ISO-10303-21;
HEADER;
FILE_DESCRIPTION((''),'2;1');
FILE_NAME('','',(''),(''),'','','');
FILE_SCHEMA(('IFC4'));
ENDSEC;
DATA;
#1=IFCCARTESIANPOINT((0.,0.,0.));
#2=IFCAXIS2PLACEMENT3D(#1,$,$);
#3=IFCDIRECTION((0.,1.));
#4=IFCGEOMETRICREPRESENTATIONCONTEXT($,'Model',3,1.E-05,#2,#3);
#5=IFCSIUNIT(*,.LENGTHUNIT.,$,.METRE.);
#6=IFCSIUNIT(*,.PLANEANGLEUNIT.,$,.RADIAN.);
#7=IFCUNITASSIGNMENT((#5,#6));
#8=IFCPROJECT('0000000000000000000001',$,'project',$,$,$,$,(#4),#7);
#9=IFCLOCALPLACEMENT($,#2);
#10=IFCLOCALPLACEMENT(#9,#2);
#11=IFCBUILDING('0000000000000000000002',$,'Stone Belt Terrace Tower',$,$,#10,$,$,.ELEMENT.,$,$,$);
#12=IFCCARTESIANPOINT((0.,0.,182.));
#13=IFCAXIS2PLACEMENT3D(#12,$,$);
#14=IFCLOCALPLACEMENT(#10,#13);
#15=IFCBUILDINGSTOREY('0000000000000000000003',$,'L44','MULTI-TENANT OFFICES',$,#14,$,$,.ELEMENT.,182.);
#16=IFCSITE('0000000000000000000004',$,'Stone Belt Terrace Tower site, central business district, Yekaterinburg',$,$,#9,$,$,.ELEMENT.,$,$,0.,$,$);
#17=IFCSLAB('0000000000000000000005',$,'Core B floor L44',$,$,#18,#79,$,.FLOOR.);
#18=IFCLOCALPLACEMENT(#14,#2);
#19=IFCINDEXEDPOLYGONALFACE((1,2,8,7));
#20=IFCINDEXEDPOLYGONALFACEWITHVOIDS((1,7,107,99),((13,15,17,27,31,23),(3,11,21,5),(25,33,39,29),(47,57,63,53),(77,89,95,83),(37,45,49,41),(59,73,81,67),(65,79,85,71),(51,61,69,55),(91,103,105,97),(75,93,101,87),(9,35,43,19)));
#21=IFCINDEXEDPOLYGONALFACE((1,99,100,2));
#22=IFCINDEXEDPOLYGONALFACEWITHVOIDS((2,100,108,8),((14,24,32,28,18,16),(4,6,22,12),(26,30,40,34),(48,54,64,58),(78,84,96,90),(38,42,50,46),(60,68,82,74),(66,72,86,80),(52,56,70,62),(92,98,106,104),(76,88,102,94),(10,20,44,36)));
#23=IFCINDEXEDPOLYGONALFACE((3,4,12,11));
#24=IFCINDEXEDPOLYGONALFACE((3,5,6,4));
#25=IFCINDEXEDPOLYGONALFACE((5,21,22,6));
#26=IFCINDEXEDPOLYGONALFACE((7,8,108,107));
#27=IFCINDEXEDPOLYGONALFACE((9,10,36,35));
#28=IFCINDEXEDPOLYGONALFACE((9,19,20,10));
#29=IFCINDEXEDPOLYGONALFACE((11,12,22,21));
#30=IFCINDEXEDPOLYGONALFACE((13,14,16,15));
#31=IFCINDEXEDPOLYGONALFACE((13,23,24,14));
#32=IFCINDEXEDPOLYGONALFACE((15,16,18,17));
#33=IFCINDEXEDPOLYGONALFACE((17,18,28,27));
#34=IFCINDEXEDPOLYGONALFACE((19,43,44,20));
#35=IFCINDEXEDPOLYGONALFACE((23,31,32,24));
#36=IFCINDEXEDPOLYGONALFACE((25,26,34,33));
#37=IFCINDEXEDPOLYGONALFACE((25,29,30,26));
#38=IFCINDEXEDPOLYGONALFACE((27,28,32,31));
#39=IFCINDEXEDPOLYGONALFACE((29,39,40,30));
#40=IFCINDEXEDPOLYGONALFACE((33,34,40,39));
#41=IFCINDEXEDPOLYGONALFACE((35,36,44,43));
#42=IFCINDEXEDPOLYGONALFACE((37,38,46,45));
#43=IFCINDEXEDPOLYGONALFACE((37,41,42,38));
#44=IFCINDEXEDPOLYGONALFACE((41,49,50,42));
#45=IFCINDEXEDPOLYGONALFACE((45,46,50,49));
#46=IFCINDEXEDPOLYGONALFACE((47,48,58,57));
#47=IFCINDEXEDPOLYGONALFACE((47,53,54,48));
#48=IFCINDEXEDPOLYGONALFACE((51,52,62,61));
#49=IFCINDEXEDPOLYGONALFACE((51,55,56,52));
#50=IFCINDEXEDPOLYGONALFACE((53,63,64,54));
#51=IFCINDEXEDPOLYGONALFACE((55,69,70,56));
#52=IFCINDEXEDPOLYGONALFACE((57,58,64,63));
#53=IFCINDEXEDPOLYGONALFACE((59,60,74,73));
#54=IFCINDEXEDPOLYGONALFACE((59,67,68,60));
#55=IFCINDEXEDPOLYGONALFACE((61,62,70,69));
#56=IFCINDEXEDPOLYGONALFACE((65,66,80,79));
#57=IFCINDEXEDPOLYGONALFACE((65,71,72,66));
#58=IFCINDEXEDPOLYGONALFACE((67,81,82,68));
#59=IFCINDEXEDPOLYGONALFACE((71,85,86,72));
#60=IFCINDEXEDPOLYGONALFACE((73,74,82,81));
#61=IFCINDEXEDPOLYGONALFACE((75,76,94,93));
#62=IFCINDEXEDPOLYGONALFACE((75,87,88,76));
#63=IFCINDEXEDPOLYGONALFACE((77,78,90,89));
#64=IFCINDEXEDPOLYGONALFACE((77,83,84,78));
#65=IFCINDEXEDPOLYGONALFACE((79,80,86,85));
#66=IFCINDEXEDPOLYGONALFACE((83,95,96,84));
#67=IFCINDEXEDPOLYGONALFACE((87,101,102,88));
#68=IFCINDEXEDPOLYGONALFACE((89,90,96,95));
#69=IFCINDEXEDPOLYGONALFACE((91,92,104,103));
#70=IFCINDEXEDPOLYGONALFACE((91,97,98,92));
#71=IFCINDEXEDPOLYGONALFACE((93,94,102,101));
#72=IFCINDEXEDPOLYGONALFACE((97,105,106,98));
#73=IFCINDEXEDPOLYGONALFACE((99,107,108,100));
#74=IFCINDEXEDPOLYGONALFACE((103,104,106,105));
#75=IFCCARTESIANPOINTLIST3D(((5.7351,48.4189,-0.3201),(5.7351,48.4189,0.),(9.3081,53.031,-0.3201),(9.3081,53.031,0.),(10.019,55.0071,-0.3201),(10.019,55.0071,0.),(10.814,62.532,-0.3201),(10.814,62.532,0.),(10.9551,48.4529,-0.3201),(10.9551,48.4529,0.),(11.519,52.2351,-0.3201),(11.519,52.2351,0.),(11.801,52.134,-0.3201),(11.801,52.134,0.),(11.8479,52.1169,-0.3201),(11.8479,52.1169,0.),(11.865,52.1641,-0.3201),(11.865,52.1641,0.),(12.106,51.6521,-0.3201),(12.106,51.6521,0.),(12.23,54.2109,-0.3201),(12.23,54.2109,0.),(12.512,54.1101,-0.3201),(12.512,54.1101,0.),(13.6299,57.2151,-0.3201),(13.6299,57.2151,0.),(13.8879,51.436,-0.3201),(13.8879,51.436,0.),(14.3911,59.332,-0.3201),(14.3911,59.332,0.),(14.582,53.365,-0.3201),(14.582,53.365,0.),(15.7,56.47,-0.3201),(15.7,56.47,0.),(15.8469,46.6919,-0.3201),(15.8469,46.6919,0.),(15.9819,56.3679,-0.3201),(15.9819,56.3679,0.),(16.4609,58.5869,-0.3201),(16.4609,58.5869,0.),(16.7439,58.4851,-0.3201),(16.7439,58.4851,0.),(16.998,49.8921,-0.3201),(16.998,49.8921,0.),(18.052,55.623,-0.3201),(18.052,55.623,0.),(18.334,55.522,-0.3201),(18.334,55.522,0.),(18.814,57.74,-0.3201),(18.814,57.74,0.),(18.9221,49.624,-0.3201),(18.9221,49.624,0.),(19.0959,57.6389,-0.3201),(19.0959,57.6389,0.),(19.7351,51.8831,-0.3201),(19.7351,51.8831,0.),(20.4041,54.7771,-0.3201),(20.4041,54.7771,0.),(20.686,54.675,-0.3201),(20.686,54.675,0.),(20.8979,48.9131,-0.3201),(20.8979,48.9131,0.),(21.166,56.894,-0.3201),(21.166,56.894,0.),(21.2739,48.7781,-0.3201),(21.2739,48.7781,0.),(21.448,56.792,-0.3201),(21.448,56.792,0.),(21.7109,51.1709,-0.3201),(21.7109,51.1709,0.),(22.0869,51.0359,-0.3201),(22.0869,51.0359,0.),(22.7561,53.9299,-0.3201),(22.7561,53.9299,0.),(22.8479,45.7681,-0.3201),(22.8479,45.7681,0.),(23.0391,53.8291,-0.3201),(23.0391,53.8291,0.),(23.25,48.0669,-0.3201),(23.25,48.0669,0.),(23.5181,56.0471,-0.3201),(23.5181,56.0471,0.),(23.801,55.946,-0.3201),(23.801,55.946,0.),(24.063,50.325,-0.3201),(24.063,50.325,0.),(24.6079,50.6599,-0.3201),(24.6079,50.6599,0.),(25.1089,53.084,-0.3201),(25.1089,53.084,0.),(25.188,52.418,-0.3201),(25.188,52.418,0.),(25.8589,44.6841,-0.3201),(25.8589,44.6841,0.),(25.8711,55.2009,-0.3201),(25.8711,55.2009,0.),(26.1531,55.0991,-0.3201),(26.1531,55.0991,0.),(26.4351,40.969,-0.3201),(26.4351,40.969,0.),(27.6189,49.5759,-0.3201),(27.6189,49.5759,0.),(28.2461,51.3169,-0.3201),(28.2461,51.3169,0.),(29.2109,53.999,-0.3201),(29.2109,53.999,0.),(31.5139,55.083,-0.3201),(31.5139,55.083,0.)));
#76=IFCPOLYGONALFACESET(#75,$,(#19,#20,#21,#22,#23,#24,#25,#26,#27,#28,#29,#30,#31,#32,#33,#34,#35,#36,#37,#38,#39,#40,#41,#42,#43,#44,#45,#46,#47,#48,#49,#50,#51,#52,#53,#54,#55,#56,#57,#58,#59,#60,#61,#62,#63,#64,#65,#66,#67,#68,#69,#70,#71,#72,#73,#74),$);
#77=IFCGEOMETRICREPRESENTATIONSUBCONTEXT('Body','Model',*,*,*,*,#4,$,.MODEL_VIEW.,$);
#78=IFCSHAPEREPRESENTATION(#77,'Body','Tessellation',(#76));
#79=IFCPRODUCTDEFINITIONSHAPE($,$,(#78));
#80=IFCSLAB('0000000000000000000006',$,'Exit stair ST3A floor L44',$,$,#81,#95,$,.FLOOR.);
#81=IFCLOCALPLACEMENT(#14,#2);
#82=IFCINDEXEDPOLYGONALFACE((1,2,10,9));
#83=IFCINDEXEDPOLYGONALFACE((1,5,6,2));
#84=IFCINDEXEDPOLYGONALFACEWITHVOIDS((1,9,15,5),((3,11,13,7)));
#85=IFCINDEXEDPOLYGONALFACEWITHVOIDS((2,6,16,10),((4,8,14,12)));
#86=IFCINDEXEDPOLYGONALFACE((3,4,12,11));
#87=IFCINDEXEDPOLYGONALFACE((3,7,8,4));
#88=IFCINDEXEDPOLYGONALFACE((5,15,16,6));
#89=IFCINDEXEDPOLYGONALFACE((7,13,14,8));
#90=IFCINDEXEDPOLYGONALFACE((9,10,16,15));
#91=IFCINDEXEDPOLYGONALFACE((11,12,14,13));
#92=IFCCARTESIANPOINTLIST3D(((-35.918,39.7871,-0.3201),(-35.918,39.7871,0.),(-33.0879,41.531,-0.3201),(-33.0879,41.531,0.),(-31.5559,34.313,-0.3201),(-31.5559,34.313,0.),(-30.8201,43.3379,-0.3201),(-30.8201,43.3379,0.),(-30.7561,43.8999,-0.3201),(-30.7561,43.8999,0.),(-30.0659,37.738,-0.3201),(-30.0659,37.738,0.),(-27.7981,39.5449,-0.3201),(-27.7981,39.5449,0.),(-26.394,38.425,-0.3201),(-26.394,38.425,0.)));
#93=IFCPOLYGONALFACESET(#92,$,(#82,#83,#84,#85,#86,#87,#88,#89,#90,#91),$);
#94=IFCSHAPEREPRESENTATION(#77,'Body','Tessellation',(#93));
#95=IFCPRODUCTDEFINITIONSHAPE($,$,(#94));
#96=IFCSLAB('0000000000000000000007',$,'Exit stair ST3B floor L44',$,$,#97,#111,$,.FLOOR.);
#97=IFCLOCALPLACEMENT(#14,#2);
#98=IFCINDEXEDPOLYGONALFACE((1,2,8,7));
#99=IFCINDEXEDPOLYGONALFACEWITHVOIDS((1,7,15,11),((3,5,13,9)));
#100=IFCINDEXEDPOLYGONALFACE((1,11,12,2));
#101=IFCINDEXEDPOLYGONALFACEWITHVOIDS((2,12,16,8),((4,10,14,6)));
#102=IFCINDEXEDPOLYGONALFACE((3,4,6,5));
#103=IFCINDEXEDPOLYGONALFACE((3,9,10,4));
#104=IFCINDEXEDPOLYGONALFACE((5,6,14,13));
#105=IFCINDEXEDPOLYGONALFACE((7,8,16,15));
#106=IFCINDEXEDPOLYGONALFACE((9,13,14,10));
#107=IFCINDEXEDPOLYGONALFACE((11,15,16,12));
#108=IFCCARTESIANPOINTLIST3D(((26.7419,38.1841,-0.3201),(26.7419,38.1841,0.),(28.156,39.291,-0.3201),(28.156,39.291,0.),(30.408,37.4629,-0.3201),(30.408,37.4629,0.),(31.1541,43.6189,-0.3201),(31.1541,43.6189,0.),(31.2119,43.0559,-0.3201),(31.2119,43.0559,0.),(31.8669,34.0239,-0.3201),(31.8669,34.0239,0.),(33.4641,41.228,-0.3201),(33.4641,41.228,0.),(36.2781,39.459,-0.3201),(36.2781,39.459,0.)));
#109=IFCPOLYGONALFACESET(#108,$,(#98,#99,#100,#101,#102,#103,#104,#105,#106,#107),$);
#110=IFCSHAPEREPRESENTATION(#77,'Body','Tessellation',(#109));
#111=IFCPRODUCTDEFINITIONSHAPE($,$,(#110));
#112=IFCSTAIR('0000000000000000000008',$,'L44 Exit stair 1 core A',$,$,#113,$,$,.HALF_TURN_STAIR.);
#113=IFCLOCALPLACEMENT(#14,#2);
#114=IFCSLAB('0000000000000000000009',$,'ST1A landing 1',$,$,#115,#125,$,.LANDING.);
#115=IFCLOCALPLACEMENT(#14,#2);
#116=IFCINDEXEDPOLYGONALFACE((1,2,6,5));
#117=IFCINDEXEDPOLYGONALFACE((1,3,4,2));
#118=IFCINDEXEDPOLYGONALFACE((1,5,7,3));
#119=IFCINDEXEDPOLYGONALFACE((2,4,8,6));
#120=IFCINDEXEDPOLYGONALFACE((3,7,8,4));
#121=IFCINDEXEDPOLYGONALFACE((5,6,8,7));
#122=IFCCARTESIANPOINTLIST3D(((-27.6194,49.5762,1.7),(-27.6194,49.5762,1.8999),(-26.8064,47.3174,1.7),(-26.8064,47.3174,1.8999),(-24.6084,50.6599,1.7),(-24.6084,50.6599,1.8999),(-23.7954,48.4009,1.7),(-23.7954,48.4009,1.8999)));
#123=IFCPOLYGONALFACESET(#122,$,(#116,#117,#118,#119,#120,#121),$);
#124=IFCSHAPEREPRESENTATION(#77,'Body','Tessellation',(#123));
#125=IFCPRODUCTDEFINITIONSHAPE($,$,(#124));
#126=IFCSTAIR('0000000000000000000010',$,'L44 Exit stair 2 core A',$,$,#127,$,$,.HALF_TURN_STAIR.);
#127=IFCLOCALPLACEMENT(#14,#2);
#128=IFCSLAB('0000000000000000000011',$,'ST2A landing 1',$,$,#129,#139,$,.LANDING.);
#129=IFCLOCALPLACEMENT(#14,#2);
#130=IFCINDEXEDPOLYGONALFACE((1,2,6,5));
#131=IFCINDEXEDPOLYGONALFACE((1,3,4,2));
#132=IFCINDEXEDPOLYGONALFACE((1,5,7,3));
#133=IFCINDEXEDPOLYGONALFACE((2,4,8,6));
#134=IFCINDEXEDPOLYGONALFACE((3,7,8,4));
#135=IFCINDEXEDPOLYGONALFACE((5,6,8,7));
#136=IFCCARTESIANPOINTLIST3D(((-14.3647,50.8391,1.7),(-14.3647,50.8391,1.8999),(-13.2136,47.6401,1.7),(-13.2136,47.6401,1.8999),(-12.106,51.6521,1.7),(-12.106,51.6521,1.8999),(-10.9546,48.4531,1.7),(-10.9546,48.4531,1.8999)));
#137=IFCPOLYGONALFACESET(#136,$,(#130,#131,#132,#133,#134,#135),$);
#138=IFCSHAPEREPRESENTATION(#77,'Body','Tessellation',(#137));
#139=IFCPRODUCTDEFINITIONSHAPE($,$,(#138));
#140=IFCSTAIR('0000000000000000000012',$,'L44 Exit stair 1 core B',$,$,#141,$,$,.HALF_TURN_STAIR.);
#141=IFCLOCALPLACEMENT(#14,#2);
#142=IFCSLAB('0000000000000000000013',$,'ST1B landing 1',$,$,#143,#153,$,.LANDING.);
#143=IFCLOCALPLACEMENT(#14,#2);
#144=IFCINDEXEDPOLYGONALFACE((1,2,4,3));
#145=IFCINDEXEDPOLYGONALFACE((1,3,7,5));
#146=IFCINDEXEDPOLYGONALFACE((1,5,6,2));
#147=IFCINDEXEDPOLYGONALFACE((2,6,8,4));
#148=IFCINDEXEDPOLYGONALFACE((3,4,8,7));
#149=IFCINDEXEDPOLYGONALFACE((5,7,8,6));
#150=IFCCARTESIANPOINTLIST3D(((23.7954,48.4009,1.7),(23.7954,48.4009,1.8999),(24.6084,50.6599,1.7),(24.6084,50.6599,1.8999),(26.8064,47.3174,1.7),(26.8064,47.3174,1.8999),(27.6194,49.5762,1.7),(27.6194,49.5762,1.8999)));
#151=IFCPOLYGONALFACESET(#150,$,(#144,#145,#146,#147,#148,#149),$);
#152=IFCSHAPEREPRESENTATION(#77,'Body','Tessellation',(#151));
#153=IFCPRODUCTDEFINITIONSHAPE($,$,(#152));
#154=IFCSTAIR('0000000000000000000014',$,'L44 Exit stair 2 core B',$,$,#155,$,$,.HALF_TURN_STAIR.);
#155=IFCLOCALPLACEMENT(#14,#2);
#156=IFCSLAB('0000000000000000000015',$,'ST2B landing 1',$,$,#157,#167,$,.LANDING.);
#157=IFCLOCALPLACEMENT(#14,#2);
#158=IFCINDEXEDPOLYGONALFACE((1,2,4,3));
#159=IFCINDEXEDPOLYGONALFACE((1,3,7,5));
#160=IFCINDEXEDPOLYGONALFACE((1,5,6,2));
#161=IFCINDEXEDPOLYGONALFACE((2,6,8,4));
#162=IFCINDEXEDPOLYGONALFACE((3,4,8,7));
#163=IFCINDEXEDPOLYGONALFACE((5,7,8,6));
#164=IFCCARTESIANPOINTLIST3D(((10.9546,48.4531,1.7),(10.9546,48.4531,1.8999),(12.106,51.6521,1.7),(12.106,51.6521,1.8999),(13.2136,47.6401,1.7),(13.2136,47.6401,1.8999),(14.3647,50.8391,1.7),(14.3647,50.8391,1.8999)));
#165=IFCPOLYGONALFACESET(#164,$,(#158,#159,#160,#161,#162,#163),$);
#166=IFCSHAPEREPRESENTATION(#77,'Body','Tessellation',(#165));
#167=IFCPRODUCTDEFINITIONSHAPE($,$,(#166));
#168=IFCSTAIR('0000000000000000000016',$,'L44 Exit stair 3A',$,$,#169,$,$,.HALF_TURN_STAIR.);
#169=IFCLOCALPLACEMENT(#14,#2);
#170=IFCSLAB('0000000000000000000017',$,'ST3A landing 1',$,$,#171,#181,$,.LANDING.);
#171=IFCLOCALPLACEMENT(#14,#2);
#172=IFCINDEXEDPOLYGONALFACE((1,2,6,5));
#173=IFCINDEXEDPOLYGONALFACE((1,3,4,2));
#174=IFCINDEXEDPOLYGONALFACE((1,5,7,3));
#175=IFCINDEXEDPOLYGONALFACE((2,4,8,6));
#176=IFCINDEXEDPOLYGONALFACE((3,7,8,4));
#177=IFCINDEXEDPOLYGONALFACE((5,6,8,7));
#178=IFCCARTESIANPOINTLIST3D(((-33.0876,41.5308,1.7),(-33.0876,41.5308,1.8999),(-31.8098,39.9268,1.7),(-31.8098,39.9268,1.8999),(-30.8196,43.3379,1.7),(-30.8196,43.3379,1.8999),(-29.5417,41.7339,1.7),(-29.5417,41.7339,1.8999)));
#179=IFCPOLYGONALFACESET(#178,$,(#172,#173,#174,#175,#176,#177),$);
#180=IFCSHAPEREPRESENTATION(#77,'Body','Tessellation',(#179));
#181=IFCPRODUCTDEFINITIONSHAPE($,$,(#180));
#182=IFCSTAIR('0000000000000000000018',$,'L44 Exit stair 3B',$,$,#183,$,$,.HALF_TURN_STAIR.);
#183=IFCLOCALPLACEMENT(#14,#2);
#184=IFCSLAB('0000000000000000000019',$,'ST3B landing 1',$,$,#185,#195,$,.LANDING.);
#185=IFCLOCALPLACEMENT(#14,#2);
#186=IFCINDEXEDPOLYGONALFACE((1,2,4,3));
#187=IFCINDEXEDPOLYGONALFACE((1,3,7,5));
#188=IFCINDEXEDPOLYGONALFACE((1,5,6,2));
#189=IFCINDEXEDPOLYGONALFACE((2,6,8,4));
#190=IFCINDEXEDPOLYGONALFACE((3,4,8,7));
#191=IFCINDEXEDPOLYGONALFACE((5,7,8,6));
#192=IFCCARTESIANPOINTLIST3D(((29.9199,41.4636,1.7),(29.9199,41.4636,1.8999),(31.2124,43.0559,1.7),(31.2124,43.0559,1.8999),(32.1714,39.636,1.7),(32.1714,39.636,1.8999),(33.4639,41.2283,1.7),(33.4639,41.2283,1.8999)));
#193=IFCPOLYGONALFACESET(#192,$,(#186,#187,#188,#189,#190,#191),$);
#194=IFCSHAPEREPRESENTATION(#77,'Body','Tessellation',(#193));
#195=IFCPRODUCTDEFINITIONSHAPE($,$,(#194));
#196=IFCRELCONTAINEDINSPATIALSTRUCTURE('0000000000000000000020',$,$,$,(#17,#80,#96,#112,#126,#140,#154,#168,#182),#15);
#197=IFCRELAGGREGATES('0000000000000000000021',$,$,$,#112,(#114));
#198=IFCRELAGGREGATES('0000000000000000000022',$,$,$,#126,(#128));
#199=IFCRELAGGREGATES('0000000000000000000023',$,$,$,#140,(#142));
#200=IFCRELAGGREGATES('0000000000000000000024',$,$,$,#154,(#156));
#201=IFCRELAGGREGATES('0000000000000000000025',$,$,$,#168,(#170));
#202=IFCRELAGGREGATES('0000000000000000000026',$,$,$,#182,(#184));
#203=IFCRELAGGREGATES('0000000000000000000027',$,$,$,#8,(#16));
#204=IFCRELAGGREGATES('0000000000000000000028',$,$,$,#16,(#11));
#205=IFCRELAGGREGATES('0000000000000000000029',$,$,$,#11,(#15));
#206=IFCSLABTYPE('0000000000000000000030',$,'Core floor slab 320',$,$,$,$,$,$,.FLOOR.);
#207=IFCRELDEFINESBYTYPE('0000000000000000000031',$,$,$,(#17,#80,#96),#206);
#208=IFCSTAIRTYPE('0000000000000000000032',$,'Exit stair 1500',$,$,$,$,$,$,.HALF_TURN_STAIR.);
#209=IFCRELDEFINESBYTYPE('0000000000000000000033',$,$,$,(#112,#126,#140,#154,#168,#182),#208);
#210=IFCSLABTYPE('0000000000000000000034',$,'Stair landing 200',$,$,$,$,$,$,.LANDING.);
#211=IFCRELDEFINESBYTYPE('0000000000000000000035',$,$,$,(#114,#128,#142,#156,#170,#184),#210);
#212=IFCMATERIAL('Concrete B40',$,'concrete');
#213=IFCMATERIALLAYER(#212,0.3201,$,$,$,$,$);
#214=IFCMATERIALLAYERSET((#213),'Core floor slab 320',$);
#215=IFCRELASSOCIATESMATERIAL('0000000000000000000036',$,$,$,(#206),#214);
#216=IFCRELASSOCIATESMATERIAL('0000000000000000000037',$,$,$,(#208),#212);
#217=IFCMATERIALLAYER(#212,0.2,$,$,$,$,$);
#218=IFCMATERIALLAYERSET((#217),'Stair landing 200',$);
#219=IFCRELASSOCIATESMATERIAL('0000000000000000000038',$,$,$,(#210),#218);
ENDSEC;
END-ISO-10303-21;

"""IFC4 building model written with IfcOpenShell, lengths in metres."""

from ifc_helpers import new_model, si_unit, direction, frame, origin, place, context, subcontext, project, spatial, polyline, outline, extrude, material, layer, layer_set, type_object, element, aggregate, save


model = new_model("IFC4")

# Units and contexts
model_context = context("Model", 3, precision=1e-05, world=origin(), true_north=direction((0.0, 1.0)))
body_context = subcontext(model_context, "Body", "Model", "MODEL_VIEW")
ifc_project = project(units=[si_unit("LENGTHUNIT", "METRE"), si_unit("PLANEANGLEUNIT", "RADIAN")], contexts=[model_context])

# Site, building, storey
site_placement = place(None, origin())
site = spatial("IfcSite", under=ifc_project, at=site_placement, Name="Stone Belt Terrace Tower site, central business district, Yekaterinburg", CompositionType="ELEMENT", RefElevation=0.0)
building_placement = place(site_placement, origin())
building = spatial("IfcBuilding", under=site, at=building_placement, Name="Stone Belt Terrace Tower", CompositionType="ELEMENT")
storey_placement = place(building_placement, frame((0.0, 0.0, 182.0)))
storey = spatial("IfcBuildingStorey", under=building, at=storey_placement, Name="L44", Description="MULTI-TENANT OFFICES", CompositionType="ELEMENT", Elevation=182.0)

# Slabs
ifc_material_1 = material(Name="Concrete B40", Category="concrete")
ifc_layer_1 = layer(ifc_material_1, 0.3201)
ifc_layer_set_1 = layer_set([ifc_layer_1], Name="Core floor slab 320")
slab_type_1 = type_object("IfcSlabType", Name="Core floor slab 320", PredefinedType="FLOOR", material=ifc_layer_set_1)
slab_1_placement = place(storey_placement, frame((0.0, 0.0, -0.3201)))
element("IfcSlab", 1, at=slab_1_placement, inside=storey, type_object=slab_type_1, Name="Core B floor L44", PredefinedType="FLOOR", context=body_context, shape_type="SweptSolid", body=[
    extrude(outline(polyline([(26.4351, 40.969), (31.5139, 55.083), (10.814, 62.532), (5.7351, 48.4189), (26.4351, 40.969)]), holes=[polyline([(12.106, 51.6521), (16.998, 49.8921), (15.8469, 46.6919), (10.9551, 48.4529), (12.106, 51.6521)]), polyline([(12.512, 54.1101), (14.582, 53.365), (13.8879, 51.436), (11.865, 52.1641), (11.8479, 52.1169), (11.801, 52.134), (12.512, 54.1101)]), polyline([(9.3081, 53.031), (10.019, 55.0071), (12.23, 54.2109), (11.519, 52.2351), (9.3081, 53.031)]), polyline([(18.334, 55.522), (19.0959, 57.6389), (21.166, 56.894), (20.4041, 54.7771), (18.334, 55.522)]), polyline([(16.7439, 58.4851), (18.814, 57.74), (18.052, 55.623), (15.9819, 56.3679), (16.7439, 58.4851)]), polyline([(14.3911, 59.332), (16.4609, 58.5869), (15.7, 56.47), (13.6299, 57.2151), (14.3911, 59.332)]), polyline([(27.6189, 49.5759), (25.8589, 44.6841), (22.8479, 45.7681), (24.6079, 50.6599), (27.6189, 49.5759)]), polyline([(23.25, 48.0669), (21.2739, 48.7781), (22.0869, 51.0359), (24.063, 50.325), (23.25, 48.0669)]), polyline([(20.8979, 48.9131), (18.9221, 49.624), (19.7351, 51.8831), (21.7109, 51.1709), (20.8979, 48.9131)]), polyline([(26.1531, 55.0991), (29.2109, 53.999), (28.2461, 51.3169), (25.188, 52.418), (26.1531, 55.0991)]), polyline([(23.801, 55.946), (25.8711, 55.2009), (25.1089, 53.084), (23.0391, 53.8291), (23.801, 55.946)]), polyline([(21.448, 56.792), (23.5181, 56.0471), (22.7561, 53.9299), (20.686, 54.675), (21.448, 56.792)])]), origin(), (0.0, 0.0, 1.0), 0.3201),
])
slab_2_placement = place(storey_placement, frame((0.0, 0.0, -0.3201)))
element("IfcSlab", 2, at=slab_2_placement, inside=storey, type_object=slab_type_1, Name="Exit stair ST3A floor L44", PredefinedType="FLOOR", context=body_context, shape_type="SweptSolid", body=[
    extrude(outline(polyline([(-26.394, 38.425), (-30.7561, 43.8999), (-35.918, 39.7871), (-31.5559, 34.313), (-26.394, 38.425)]), holes=[polyline([(-27.7981, 39.5449), (-30.0659, 37.738), (-33.0879, 41.531), (-30.8201, 43.3379), (-27.7981, 39.5449)])]), origin(), (0.0, 0.0, 1.0), 0.3201),
])
slab_3_placement = place(storey_placement, frame((0.0, 0.0, -0.3201)))
element("IfcSlab", 3, at=slab_3_placement, inside=storey, type_object=slab_type_1, Name="Exit stair ST3B floor L44", PredefinedType="FLOOR", context=body_context, shape_type="SweptSolid", body=[
    extrude(outline(polyline([(26.7419, 38.1841), (31.8669, 34.0239), (36.2781, 39.459), (31.1541, 43.6189), (26.7419, 38.1841)]), holes=[polyline([(30.408, 37.4629), (28.156, 39.291), (31.2119, 43.0559), (33.4641, 41.228), (30.408, 37.4629)])]), origin(), (0.0, 0.0, 1.0), 0.3201),
])

# Stairs, slabs
stair_type = type_object("IfcStairType", Name="Exit stair 1500", PredefinedType="HALF_TURN_STAIR", material=ifc_material_1)
stair_1_placement = place(storey_placement, origin())
stair_1 = element("IfcStair", 4, at=stair_1_placement, inside=storey, type_object=stair_type, Name="L44 Exit stair 1 core A", PredefinedType="HALF_TURN_STAIR")
ifc_layer_2 = layer(ifc_material_1, 0.2)
ifc_layer_set_2 = layer_set([ifc_layer_2], Name="Stair landing 200")
slab_type_2 = type_object("IfcSlabType", Name="Stair landing 200", PredefinedType="LANDING", material=ifc_layer_set_2)
slab_4_placement = place(storey_placement, frame((0.0, 0.0, 1.7)))
slab_4 = element("IfcSlab", 5, at=slab_4_placement, type_object=slab_type_2, Name="ST1A landing 1", PredefinedType="LANDING", context=body_context, shape_type="SweptSolid", body=[
    extrude(outline(polyline([(-23.7954, 48.4009), (-24.6084, 50.6599), (-27.6194, 49.5762), (-26.8064, 47.3174), (-23.7954, 48.4009)])), origin(), (0.0, 0.0, 1.0), 0.2),
])
aggregate(stair_1, [slab_4])
stair_2_placement = place(storey_placement, origin())
stair_2 = element("IfcStair", 6, at=stair_2_placement, inside=storey, type_object=stair_type, Name="L44 Exit stair 2 core A", PredefinedType="HALF_TURN_STAIR")
slab_5_placement = place(storey_placement, frame((0.0, 0.0, 1.7)))
slab_5 = element("IfcSlab", 7, at=slab_5_placement, type_object=slab_type_2, Name="ST2A landing 1", PredefinedType="LANDING", context=body_context, shape_type="SweptSolid", body=[
    extrude(outline(polyline([(-13.2136, 47.6401), (-10.9546, 48.4531), (-12.106, 51.6521), (-14.3647, 50.8391), (-13.2136, 47.6401)])), origin(), (0.0, 0.0, 1.0), 0.2),
])
aggregate(stair_2, [slab_5])
stair_3_placement = place(storey_placement, origin())
stair_3 = element("IfcStair", 8, at=stair_3_placement, inside=storey, type_object=stair_type, Name="L44 Exit stair 1 core B", PredefinedType="HALF_TURN_STAIR")
slab_6_placement = place(storey_placement, frame((0.0, 0.0, 1.7)))
slab_6 = element("IfcSlab", 9, at=slab_6_placement, type_object=slab_type_2, Name="ST1B landing 1", PredefinedType="LANDING", context=body_context, shape_type="SweptSolid", body=[
    extrude(outline(polyline([(26.8064, 47.3174), (27.6194, 49.5762), (24.6084, 50.6599), (23.7954, 48.4009), (26.8064, 47.3174)])), origin(), (0.0, 0.0, 1.0), 0.2),
])
aggregate(stair_3, [slab_6])
stair_4_placement = place(storey_placement, origin())
stair_4 = element("IfcStair", 10, at=stair_4_placement, inside=storey, type_object=stair_type, Name="L44 Exit stair 2 core B", PredefinedType="HALF_TURN_STAIR")
slab_7_placement = place(storey_placement, frame((0.0, 0.0, 1.7)))
slab_7 = element("IfcSlab", 11, at=slab_7_placement, type_object=slab_type_2, Name="ST2B landing 1", PredefinedType="LANDING", context=body_context, shape_type="SweptSolid", body=[
    extrude(outline(polyline([(14.3647, 50.8391), (12.106, 51.6521), (10.9546, 48.4531), (13.2136, 47.6401), (14.3647, 50.8391)])), origin(), (0.0, 0.0, 1.0), 0.2),
])
aggregate(stair_4, [slab_7])
stair_5_placement = place(storey_placement, origin())
stair_5 = element("IfcStair", 12, at=stair_5_placement, inside=storey, type_object=stair_type, Name="L44 Exit stair 3A", PredefinedType="HALF_TURN_STAIR")
slab_8_placement = place(storey_placement, frame((0.0, 0.0, 1.7)))
slab_8 = element("IfcSlab", 13, at=slab_8_placement, type_object=slab_type_2, Name="ST3A landing 1", PredefinedType="LANDING", context=body_context, shape_type="SweptSolid", body=[
    extrude(outline(polyline([(-29.5417, 41.7339), (-30.8196, 43.3379), (-33.0876, 41.5308), (-31.8098, 39.9268), (-29.5417, 41.7339)])), origin(), (0.0, 0.0, 1.0), 0.2),
])
aggregate(stair_5, [slab_8])
stair_6_placement = place(storey_placement, origin())
stair_6 = element("IfcStair", 14, at=stair_6_placement, inside=storey, type_object=stair_type, Name="L44 Exit stair 3B", PredefinedType="HALF_TURN_STAIR")
slab_9_placement = place(storey_placement, frame((0.0, 0.0, 1.7)))
slab_9 = element("IfcSlab", 15, at=slab_9_placement, type_object=slab_type_2, Name="ST3B landing 1", PredefinedType="LANDING", context=body_context, shape_type="SweptSolid", body=[
    extrude(outline(polyline([(32.1714, 39.636), (33.4639, 41.2283), (31.2124, 43.0559), (29.9199, 41.4636), (32.1714, 39.636)])), origin(), (0.0, 0.0, 1.0), 0.2),
])
aggregate(stair_6, [slab_9])

save(model, "model.ifc")
